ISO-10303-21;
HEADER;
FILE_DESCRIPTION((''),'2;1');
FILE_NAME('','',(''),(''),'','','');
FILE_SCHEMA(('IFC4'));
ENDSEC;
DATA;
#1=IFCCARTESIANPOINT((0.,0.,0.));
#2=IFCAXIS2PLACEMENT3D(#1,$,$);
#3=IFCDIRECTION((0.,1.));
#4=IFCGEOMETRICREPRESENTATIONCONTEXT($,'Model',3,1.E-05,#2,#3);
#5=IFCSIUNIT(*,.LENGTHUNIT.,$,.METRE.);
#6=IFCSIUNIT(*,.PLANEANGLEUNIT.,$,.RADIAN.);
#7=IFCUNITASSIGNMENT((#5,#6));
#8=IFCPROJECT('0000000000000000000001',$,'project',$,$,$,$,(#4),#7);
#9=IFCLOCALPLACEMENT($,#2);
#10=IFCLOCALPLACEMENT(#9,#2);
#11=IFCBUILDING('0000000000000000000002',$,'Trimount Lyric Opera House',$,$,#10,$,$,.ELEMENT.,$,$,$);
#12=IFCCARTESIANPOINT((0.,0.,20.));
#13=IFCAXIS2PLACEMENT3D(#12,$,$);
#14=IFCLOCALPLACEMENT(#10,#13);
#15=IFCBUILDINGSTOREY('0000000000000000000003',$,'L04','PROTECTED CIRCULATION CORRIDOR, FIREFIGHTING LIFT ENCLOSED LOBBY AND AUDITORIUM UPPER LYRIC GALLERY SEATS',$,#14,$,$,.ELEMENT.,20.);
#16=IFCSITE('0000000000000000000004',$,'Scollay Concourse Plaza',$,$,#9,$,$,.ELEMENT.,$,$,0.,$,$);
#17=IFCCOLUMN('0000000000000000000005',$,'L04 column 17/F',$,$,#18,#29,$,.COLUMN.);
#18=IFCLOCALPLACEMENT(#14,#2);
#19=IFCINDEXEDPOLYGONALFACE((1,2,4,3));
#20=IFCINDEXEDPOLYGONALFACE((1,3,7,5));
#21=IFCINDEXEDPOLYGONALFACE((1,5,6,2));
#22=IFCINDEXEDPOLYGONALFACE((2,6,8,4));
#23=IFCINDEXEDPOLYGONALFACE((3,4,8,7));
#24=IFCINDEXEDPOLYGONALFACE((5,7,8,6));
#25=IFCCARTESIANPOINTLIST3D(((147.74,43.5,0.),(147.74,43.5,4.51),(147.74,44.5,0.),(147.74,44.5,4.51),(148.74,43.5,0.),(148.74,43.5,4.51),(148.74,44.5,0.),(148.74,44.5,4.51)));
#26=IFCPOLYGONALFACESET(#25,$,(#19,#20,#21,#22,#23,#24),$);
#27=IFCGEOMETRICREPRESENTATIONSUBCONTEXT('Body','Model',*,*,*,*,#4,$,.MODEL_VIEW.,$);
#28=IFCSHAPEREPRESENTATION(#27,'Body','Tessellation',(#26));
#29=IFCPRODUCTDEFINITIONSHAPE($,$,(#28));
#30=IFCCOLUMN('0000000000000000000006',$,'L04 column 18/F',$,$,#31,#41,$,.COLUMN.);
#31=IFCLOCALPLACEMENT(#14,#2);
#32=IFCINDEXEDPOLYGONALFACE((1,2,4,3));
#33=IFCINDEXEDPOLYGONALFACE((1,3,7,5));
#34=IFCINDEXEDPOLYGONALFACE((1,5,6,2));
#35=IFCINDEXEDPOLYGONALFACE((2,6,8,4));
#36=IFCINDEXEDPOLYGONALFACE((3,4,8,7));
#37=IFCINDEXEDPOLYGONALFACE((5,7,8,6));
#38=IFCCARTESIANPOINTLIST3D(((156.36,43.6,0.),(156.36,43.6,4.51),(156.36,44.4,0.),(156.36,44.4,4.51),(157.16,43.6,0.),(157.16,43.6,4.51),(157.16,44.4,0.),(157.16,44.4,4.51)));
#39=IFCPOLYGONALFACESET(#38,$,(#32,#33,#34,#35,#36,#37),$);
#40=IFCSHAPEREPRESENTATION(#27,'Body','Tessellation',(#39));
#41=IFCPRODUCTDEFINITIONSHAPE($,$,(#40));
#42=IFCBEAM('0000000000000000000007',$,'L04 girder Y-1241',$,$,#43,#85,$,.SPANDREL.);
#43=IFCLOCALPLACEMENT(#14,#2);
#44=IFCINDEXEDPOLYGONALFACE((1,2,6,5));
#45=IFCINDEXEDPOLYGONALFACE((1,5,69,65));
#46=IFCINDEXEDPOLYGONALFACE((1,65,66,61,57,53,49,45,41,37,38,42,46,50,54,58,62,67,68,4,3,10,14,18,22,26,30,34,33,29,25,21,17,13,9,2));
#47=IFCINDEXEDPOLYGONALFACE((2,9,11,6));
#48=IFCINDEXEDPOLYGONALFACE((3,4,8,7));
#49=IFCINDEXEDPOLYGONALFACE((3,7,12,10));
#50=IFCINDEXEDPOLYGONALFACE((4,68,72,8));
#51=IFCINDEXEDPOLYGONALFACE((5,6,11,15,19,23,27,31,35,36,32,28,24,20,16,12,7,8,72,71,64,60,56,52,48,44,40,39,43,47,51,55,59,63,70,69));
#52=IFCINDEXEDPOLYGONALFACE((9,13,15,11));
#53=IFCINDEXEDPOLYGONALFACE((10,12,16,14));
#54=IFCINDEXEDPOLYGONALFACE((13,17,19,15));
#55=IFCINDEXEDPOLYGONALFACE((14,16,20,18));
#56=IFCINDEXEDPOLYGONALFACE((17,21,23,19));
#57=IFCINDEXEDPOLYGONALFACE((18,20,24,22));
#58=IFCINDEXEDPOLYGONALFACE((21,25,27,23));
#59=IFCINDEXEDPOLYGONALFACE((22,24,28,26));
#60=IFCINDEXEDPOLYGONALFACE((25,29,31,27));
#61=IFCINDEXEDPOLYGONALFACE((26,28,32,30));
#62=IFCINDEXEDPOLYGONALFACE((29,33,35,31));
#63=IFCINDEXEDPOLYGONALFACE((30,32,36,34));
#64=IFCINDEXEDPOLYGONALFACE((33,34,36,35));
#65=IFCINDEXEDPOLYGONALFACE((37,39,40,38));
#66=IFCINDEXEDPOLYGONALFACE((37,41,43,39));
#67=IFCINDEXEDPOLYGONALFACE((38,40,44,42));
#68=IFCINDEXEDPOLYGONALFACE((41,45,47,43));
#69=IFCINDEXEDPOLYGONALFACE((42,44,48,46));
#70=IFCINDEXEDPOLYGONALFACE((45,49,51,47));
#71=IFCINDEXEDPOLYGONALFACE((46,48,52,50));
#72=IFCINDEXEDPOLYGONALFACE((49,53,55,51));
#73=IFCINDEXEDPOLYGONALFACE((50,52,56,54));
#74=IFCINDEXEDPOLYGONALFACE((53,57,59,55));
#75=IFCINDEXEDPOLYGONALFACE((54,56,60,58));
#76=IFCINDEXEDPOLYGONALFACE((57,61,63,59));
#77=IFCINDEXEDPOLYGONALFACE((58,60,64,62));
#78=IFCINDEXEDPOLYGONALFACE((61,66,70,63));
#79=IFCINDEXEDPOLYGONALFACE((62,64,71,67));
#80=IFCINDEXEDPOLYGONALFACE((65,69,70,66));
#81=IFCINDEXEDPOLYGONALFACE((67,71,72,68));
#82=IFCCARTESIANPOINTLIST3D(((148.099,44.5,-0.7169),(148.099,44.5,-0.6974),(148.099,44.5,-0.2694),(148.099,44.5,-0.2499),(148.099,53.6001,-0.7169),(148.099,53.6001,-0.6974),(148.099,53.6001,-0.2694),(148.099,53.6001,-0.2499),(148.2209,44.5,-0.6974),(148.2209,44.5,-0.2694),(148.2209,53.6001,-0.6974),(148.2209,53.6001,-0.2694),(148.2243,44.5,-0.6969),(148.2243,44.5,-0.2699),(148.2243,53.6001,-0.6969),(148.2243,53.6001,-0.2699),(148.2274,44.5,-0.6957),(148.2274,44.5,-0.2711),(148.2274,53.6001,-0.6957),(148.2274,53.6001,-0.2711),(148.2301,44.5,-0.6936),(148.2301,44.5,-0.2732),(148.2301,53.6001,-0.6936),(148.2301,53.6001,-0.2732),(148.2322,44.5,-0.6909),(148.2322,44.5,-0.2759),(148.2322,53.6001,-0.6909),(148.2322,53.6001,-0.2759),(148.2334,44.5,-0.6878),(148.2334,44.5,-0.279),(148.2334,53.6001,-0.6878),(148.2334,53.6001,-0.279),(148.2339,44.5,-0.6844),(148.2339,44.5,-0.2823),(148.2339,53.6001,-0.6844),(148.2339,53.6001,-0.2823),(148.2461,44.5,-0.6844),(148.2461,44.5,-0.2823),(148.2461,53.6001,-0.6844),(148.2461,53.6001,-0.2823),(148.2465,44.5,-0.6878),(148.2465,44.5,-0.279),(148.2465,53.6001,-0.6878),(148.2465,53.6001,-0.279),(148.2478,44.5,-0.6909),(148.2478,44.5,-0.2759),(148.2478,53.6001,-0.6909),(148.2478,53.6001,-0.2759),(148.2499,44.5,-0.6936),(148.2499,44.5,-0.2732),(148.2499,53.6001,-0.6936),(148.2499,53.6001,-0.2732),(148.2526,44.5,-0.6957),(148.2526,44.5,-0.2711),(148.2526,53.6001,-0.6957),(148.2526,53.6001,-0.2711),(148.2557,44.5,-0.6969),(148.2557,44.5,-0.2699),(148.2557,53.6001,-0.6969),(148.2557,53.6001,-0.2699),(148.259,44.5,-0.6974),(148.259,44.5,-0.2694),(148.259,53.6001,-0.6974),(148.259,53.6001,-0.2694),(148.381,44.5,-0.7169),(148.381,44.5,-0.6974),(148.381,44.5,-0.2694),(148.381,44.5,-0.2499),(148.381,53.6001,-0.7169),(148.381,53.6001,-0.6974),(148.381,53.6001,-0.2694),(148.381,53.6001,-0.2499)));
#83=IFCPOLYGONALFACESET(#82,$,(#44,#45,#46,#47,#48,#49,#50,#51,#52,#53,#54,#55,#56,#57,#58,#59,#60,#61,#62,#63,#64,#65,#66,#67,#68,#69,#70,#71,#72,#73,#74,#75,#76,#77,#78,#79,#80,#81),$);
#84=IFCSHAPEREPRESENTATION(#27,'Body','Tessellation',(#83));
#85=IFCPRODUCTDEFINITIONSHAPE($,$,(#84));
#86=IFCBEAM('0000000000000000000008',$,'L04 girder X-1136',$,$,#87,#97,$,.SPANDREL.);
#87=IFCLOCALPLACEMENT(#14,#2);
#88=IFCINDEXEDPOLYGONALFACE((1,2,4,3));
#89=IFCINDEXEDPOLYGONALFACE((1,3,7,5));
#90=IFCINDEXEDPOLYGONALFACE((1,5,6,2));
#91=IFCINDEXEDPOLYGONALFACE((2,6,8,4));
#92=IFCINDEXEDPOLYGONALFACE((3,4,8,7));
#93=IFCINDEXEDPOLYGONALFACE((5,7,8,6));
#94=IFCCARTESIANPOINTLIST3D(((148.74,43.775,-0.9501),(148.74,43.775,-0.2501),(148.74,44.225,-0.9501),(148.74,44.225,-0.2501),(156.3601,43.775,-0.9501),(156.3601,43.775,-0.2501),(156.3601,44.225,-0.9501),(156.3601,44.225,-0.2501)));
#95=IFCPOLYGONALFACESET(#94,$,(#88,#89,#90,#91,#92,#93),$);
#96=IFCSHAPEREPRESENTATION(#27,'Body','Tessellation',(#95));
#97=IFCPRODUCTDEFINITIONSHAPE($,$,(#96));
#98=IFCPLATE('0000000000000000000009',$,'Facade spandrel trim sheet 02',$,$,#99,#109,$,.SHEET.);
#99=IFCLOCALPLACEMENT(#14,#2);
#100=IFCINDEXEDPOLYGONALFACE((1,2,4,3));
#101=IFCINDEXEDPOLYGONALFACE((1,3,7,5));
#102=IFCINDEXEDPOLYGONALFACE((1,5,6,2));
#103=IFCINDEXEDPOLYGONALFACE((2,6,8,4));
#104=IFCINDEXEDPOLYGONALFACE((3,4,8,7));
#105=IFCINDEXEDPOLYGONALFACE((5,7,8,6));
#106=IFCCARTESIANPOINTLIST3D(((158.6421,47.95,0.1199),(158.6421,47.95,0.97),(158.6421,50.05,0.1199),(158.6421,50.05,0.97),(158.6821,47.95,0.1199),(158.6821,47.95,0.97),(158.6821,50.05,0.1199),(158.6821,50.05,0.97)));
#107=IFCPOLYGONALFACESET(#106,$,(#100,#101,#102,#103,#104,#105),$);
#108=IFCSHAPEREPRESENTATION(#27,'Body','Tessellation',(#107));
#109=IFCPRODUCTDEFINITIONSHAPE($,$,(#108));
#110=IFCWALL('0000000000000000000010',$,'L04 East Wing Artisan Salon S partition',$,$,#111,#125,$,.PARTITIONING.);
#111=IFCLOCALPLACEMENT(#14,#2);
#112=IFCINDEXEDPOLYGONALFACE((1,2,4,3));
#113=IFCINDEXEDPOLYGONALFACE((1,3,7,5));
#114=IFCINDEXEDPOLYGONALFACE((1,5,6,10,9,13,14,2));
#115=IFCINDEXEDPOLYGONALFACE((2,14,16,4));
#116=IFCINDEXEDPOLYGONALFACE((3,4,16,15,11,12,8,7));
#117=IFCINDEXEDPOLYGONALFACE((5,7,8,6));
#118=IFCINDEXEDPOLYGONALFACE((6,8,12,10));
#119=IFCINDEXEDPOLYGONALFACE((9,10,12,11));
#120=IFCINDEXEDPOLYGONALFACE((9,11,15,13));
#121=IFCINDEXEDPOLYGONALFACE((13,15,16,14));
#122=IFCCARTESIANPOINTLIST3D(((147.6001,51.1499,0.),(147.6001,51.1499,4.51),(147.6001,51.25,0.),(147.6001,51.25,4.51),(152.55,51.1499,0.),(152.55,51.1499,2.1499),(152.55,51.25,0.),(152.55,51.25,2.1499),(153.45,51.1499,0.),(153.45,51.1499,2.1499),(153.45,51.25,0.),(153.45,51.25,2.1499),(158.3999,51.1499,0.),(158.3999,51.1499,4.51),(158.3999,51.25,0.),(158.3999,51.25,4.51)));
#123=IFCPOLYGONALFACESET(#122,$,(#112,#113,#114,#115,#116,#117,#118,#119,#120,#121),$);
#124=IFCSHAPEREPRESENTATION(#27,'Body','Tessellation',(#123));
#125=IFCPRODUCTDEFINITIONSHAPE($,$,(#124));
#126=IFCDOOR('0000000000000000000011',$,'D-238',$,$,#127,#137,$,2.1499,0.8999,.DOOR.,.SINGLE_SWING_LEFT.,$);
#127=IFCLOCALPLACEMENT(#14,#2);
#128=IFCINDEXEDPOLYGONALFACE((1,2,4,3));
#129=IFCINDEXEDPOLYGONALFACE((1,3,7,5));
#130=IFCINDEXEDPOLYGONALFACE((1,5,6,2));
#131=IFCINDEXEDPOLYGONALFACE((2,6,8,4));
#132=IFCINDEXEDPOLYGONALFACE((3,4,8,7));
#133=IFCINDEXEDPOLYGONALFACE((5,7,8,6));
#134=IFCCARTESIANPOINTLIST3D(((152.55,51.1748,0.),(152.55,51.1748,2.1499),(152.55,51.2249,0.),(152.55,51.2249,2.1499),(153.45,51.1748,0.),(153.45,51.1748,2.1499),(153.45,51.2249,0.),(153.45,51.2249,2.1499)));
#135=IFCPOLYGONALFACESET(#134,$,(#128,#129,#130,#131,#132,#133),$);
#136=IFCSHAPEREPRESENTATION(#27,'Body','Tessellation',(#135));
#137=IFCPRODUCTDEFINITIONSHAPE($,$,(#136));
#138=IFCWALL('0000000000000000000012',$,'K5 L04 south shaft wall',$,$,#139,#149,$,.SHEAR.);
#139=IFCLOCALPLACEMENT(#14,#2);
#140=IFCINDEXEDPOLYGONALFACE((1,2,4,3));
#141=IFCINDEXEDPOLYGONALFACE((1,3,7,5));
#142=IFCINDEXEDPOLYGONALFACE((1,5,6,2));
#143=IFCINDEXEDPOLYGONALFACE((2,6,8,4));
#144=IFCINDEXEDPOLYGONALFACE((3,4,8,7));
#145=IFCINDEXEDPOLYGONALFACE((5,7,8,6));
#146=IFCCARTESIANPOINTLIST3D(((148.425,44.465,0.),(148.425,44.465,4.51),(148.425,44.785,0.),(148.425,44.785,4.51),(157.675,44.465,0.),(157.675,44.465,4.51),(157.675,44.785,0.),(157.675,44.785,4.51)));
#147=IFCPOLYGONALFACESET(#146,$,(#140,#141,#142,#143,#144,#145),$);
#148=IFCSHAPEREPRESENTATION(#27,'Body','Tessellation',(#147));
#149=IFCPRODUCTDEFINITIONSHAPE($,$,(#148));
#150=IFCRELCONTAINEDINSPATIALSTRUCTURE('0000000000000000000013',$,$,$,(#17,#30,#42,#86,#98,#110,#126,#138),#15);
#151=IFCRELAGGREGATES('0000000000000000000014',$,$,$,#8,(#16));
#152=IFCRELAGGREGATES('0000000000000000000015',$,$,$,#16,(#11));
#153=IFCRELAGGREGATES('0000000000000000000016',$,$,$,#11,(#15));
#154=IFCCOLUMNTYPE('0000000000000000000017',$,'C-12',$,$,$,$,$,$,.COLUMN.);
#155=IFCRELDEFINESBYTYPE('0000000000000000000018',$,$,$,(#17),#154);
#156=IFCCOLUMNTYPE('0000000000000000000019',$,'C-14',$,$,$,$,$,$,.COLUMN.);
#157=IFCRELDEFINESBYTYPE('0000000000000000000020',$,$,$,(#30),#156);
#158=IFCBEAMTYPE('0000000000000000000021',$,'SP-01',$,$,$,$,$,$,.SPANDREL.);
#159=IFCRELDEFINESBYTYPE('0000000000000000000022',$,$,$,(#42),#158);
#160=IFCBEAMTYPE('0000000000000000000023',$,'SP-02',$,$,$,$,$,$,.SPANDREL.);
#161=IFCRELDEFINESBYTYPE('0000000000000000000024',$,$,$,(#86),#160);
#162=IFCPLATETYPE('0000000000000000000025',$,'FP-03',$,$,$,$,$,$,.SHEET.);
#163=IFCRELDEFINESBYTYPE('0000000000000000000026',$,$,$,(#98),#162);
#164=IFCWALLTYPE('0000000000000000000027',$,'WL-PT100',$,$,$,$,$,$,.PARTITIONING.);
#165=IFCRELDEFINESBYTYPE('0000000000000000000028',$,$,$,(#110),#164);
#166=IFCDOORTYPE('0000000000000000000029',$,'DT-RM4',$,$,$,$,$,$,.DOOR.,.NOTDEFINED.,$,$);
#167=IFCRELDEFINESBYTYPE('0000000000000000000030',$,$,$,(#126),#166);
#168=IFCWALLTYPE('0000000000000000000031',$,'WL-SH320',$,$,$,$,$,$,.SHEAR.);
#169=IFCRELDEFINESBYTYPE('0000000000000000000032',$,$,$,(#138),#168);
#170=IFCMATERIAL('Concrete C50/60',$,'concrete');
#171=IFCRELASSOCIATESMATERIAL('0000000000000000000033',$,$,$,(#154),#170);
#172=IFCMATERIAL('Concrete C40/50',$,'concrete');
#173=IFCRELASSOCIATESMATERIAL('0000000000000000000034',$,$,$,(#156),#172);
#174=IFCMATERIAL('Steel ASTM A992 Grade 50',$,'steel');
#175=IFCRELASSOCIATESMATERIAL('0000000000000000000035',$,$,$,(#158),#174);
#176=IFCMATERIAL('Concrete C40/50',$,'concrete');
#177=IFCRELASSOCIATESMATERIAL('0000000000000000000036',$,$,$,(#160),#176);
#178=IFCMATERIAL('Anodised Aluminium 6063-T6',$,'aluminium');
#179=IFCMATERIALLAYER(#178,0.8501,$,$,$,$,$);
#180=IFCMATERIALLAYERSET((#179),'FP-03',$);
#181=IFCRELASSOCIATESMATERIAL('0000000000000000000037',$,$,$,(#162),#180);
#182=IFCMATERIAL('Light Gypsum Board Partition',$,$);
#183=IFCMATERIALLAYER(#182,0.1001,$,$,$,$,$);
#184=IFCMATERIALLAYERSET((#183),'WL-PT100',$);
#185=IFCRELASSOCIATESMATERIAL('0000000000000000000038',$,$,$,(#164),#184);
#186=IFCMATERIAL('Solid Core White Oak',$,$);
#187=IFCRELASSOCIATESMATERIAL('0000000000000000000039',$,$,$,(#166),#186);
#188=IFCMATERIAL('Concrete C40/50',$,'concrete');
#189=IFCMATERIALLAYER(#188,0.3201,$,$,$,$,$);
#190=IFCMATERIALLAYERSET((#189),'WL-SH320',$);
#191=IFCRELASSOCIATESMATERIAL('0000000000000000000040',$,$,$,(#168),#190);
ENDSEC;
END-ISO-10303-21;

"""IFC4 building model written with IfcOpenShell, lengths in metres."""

from ifc_helpers import new_model, si_unit, direction, frame, frame_2d, origin, origin_2d, place, context, subcontext, project, spatial, rectangle, i_section, extrude, material, layer, layer_set, material_profile, profile_set, type_object, element, fill, save


model = new_model("IFC4")

# Units and contexts
model_context = context("Model", 3, precision=1e-05, world=origin(), true_north=direction((0.0, 1.0)))
body_context = subcontext(model_context, "Body", "Model", "MODEL_VIEW")
ifc_project = project(units=[si_unit("LENGTHUNIT", "METRE"), si_unit("PLANEANGLEUNIT", "RADIAN")], contexts=[model_context])

# Site, building, storey
site_placement = place(None, origin())
site = spatial("IfcSite", under=ifc_project, at=site_placement, Name="Scollay Concourse Plaza", CompositionType="ELEMENT", RefElevation=0.0)
building_placement = place(site_placement, origin())
building = spatial("IfcBuilding", under=site, at=building_placement, Name="Trimount Lyric Opera House", CompositionType="ELEMENT")
storey_placement = place(building_placement, frame((0.0, 0.0, 20.0)))
storey = spatial("IfcBuildingStorey", under=building, at=storey_placement, Name="L04", Description="PROTECTED CIRCULATION CORRIDOR, FIREFIGHTING LIFT ENCLOSED LOBBY AND AUDITORIUM UPPER LYRIC GALLERY SEATS", CompositionType="ELEMENT", Elevation=20.0)

# Columns
ifc_material_1 = material(Name="Concrete C50/60", Category="concrete")
ifc_material_profile_1 = material_profile(ifc_material_1, rectangle(XDim=1.0, YDim=1.0, at=origin_2d()), Name="RC1000X1000")
ifc_profile_set_1 = profile_set([ifc_material_profile_1], Name="Concrete C50/60")
column_type_1 = type_object("IfcColumnType", Name="C-12", PredefinedType="COLUMN", material=ifc_profile_set_1)
column_1_placement = place(storey_placement, frame((148.24, 44.0, 0.0), z_axis=(0.0, 0.0, 1.0), x_axis=(1.0, 0.0, 0.0)))
element("IfcColumn", 1, at=column_1_placement, inside=storey, type_object=column_type_1, Name="L04 column 17/F", PredefinedType="COLUMN", context=body_context, shape_type="SweptSolid", body=[
    extrude(rectangle(XDim=1.0, YDim=1.0, at=origin_2d()), origin(), (0.0, 0.0, 1.0), 4.51),
])
ifc_material_2 = material(Name="Concrete C40/50", Category="concrete")
ifc_material_profile_2 = material_profile(ifc_material_2, rectangle(XDim=0.8, YDim=0.8, at=origin_2d()), Name="RC800X800")
ifc_profile_set_2 = profile_set([ifc_material_profile_2], Name="Concrete C40/50")
column_type_2 = type_object("IfcColumnType", Name="C-14", PredefinedType="COLUMN", material=ifc_profile_set_2)
column_2_placement = place(storey_placement, frame((156.76, 44.0, 0.0), z_axis=(0.0, 0.0, 1.0), x_axis=(1.0, 0.0, 0.0)))
element("IfcColumn", 2, at=column_2_placement, inside=storey, type_object=column_type_2, Name="L04 column 18/F", PredefinedType="COLUMN", context=body_context, shape_type="SweptSolid", body=[
    extrude(rectangle(XDim=0.8, YDim=0.8, at=origin_2d()), origin(), (0.0, 0.0, 1.0), 4.51),
])

# Beams
ifc_material_3 = material(Name="Steel ASTM A992 Grade 50", Category="steel")
ifc_material_profile_3 = material_profile(ifc_material_3, i_section(OverallWidth=0.282, OverallDepth=0.467, WebThickness=0.0122, FlangeThickness=0.0195, FilletRadius=0.0129, at=origin_2d()), Name="W18X86")
ifc_profile_set_3 = profile_set([ifc_material_profile_3], Name="Steel ASTM A992 Grade 50")
beam_type_1 = type_object("IfcBeamType", Name="SP-01", PredefinedType="SPANDREL", material=ifc_profile_set_3)
beam_1_placement = place(storey_placement, frame((148.24, 44.5, -0.4834), z_axis=(0.0, 1.0, 0.0), x_axis=(-1.0, 0.0, 0.0)))
element("IfcBeam", 3, at=beam_1_placement, inside=storey, type_object=beam_type_1, Name="L04 girder Y-1241", PredefinedType="SPANDREL", context=body_context, shape_type="SweptSolid", body=[
    extrude(i_section(OverallWidth=0.282, OverallDepth=0.467, WebThickness=0.0122, FlangeThickness=0.0195, FilletRadius=0.0129, at=origin_2d()), origin(), (0.0, 0.0, 1.0), 9.1001),
])
ifc_material_4 = material(Name="Concrete C40/50", Category="concrete")
ifc_material_profile_4 = material_profile(ifc_material_4, rectangle(XDim=0.45, YDim=0.7, at=origin_2d()), Name="RC450X700")
ifc_profile_set_4 = profile_set([ifc_material_profile_4], Name="Concrete C40/50")
beam_type_2 = type_object("IfcBeamType", Name="SP-02", PredefinedType="SPANDREL", material=ifc_profile_set_4)
beam_2_placement = place(storey_placement, frame((148.74, 44.0, -0.6001), z_axis=(1.0, 0.0, 0.0), x_axis=(0.0, 1.0, 0.0)))
element("IfcBeam", 4, at=beam_2_placement, inside=storey, type_object=beam_type_2, Name="L04 girder X-1136", PredefinedType="SPANDREL", context=body_context, shape_type="SweptSolid", body=[
    extrude(rectangle(XDim=0.45, YDim=0.7, at=origin_2d()), origin(), (0.0, 0.0, 1.0), 7.6201),
])

# Plate
ifc_material_5 = material(Name="Anodised Aluminium 6063-T6", Category="aluminium")
ifc_layer_1 = layer(ifc_material_5, 0.8501)
ifc_layer_set_1 = layer_set([ifc_layer_1], Name="FP-03")
plate_type = type_object("IfcPlateType", Name="FP-03", PredefinedType="SHEET", material=ifc_layer_set_1)
plate_placement = place(storey_placement, frame((158.6621, 49.0, 0.1199), z_axis=(0.0, 0.0, 1.0), x_axis=(0.0, 1.0, 0.0)))
element("IfcPlate", 5, at=plate_placement, inside=storey, type_object=plate_type, Name="Facade spandrel trim sheet 02", PredefinedType="SHEET", context=body_context, shape_type="SweptSolid", body=[
    extrude(rectangle(XDim=2.1001, YDim=0.04, at=origin_2d()), origin(), (0.0, 0.0, 1.0), 0.8501),
])

# Wall, opening, door
ifc_material_6 = material(Name="Light Gypsum Board Partition")
ifc_layer_2 = layer(ifc_material_6, 0.1001)
ifc_layer_set_2 = layer_set([ifc_layer_2], Name="WL-PT100")
wall_type_1 = type_object("IfcWallType", Name="WL-PT100", PredefinedType="PARTITIONING", material=ifc_layer_set_2)
wall_1_placement = place(storey_placement, frame((147.6001, 51.2, 0.0), z_axis=(0.0, 0.0, 1.0), x_axis=(1.0, 0.0, 0.0)))
wall_1 = element("IfcWall", 6, at=wall_1_placement, inside=storey, type_object=wall_type_1, Name="L04 East Wing Artisan Salon S partition", PredefinedType="PARTITIONING", context=body_context, shape_type="SweptSolid", body=[
    extrude(rectangle(XDim=10.7998, YDim=0.1001, at=frame_2d((5.3999, 0.0))), origin(), (0.0, 0.0, 1.0), 4.51),
])
opening_1_placement = place(wall_1_placement, frame((4.95, 0.0, 0.0)))
opening_1 = element("IfcOpeningElement", 7, at=opening_1_placement, cuts=wall_1, PredefinedType="OPENING", context=body_context, shape_type="SweptSolid", body=[
    extrude(rectangle(XDim=0.8999, YDim=2.1499, at=frame_2d((0.45, 1.075))), frame((0.0, 0.0601, 0.0), z_axis=(0.0, -1.0, 0.0), x_axis=(1.0, 0.0, 0.0)), (0.0, 0.0, 1.0), 0.1201),
])
ifc_material_7 = material(Name="Solid Core White Oak")
door_type_1 = type_object("IfcDoorType", Name="DT-RM4", OperationType="NOTDEFINED", PredefinedType="DOOR", material=ifc_material_7)
door_1_placement = place(opening_1_placement, origin())
door_1 = element("IfcDoor", 8, at=door_1_placement, inside=storey, type_object=door_type_1, Name="D-238", OperationType="SINGLE_SWING_LEFT", OverallHeight=2.1499, OverallWidth=0.8999, PredefinedType="DOOR", context=body_context, shape_type="SweptSolid", body=[
    extrude(rectangle(XDim=0.8999, YDim=2.1499, at=frame_2d((0.45, 1.075))), frame((0.0, 0.0249, 0.0), z_axis=(0.0, -1.0, 0.0), x_axis=(1.0, 0.0, 0.0)), (0.0, 0.0, 1.0), 0.05),
])
fill(opening_1, door_1)

# Wall
ifc_material_8 = material(Name="Concrete C40/50", Category="concrete")
ifc_layer_3 = layer(ifc_material_8, 0.3201)
ifc_layer_set_3 = layer_set([ifc_layer_3], Name="WL-SH320")
wall_type_2 = type_object("IfcWallType", Name="WL-SH320", PredefinedType="SHEAR", material=ifc_layer_set_3)
wall_2_placement = place(storey_placement, frame((148.425, 44.625, 0.0), z_axis=(0.0, 0.0, 1.0), x_axis=(1.0, 0.0, 0.0)))
element("IfcWall", 9, at=wall_2_placement, inside=storey, type_object=wall_type_2, Name="K5 L04 south shaft wall", PredefinedType="SHEAR", context=body_context, shape_type="SweptSolid", body=[
    extrude(rectangle(XDim=9.25, YDim=0.3201, at=frame_2d((4.625, 0.0))), origin(), (0.0, 0.0, 1.0), 4.51),
])

save(model, "model.ifc")
